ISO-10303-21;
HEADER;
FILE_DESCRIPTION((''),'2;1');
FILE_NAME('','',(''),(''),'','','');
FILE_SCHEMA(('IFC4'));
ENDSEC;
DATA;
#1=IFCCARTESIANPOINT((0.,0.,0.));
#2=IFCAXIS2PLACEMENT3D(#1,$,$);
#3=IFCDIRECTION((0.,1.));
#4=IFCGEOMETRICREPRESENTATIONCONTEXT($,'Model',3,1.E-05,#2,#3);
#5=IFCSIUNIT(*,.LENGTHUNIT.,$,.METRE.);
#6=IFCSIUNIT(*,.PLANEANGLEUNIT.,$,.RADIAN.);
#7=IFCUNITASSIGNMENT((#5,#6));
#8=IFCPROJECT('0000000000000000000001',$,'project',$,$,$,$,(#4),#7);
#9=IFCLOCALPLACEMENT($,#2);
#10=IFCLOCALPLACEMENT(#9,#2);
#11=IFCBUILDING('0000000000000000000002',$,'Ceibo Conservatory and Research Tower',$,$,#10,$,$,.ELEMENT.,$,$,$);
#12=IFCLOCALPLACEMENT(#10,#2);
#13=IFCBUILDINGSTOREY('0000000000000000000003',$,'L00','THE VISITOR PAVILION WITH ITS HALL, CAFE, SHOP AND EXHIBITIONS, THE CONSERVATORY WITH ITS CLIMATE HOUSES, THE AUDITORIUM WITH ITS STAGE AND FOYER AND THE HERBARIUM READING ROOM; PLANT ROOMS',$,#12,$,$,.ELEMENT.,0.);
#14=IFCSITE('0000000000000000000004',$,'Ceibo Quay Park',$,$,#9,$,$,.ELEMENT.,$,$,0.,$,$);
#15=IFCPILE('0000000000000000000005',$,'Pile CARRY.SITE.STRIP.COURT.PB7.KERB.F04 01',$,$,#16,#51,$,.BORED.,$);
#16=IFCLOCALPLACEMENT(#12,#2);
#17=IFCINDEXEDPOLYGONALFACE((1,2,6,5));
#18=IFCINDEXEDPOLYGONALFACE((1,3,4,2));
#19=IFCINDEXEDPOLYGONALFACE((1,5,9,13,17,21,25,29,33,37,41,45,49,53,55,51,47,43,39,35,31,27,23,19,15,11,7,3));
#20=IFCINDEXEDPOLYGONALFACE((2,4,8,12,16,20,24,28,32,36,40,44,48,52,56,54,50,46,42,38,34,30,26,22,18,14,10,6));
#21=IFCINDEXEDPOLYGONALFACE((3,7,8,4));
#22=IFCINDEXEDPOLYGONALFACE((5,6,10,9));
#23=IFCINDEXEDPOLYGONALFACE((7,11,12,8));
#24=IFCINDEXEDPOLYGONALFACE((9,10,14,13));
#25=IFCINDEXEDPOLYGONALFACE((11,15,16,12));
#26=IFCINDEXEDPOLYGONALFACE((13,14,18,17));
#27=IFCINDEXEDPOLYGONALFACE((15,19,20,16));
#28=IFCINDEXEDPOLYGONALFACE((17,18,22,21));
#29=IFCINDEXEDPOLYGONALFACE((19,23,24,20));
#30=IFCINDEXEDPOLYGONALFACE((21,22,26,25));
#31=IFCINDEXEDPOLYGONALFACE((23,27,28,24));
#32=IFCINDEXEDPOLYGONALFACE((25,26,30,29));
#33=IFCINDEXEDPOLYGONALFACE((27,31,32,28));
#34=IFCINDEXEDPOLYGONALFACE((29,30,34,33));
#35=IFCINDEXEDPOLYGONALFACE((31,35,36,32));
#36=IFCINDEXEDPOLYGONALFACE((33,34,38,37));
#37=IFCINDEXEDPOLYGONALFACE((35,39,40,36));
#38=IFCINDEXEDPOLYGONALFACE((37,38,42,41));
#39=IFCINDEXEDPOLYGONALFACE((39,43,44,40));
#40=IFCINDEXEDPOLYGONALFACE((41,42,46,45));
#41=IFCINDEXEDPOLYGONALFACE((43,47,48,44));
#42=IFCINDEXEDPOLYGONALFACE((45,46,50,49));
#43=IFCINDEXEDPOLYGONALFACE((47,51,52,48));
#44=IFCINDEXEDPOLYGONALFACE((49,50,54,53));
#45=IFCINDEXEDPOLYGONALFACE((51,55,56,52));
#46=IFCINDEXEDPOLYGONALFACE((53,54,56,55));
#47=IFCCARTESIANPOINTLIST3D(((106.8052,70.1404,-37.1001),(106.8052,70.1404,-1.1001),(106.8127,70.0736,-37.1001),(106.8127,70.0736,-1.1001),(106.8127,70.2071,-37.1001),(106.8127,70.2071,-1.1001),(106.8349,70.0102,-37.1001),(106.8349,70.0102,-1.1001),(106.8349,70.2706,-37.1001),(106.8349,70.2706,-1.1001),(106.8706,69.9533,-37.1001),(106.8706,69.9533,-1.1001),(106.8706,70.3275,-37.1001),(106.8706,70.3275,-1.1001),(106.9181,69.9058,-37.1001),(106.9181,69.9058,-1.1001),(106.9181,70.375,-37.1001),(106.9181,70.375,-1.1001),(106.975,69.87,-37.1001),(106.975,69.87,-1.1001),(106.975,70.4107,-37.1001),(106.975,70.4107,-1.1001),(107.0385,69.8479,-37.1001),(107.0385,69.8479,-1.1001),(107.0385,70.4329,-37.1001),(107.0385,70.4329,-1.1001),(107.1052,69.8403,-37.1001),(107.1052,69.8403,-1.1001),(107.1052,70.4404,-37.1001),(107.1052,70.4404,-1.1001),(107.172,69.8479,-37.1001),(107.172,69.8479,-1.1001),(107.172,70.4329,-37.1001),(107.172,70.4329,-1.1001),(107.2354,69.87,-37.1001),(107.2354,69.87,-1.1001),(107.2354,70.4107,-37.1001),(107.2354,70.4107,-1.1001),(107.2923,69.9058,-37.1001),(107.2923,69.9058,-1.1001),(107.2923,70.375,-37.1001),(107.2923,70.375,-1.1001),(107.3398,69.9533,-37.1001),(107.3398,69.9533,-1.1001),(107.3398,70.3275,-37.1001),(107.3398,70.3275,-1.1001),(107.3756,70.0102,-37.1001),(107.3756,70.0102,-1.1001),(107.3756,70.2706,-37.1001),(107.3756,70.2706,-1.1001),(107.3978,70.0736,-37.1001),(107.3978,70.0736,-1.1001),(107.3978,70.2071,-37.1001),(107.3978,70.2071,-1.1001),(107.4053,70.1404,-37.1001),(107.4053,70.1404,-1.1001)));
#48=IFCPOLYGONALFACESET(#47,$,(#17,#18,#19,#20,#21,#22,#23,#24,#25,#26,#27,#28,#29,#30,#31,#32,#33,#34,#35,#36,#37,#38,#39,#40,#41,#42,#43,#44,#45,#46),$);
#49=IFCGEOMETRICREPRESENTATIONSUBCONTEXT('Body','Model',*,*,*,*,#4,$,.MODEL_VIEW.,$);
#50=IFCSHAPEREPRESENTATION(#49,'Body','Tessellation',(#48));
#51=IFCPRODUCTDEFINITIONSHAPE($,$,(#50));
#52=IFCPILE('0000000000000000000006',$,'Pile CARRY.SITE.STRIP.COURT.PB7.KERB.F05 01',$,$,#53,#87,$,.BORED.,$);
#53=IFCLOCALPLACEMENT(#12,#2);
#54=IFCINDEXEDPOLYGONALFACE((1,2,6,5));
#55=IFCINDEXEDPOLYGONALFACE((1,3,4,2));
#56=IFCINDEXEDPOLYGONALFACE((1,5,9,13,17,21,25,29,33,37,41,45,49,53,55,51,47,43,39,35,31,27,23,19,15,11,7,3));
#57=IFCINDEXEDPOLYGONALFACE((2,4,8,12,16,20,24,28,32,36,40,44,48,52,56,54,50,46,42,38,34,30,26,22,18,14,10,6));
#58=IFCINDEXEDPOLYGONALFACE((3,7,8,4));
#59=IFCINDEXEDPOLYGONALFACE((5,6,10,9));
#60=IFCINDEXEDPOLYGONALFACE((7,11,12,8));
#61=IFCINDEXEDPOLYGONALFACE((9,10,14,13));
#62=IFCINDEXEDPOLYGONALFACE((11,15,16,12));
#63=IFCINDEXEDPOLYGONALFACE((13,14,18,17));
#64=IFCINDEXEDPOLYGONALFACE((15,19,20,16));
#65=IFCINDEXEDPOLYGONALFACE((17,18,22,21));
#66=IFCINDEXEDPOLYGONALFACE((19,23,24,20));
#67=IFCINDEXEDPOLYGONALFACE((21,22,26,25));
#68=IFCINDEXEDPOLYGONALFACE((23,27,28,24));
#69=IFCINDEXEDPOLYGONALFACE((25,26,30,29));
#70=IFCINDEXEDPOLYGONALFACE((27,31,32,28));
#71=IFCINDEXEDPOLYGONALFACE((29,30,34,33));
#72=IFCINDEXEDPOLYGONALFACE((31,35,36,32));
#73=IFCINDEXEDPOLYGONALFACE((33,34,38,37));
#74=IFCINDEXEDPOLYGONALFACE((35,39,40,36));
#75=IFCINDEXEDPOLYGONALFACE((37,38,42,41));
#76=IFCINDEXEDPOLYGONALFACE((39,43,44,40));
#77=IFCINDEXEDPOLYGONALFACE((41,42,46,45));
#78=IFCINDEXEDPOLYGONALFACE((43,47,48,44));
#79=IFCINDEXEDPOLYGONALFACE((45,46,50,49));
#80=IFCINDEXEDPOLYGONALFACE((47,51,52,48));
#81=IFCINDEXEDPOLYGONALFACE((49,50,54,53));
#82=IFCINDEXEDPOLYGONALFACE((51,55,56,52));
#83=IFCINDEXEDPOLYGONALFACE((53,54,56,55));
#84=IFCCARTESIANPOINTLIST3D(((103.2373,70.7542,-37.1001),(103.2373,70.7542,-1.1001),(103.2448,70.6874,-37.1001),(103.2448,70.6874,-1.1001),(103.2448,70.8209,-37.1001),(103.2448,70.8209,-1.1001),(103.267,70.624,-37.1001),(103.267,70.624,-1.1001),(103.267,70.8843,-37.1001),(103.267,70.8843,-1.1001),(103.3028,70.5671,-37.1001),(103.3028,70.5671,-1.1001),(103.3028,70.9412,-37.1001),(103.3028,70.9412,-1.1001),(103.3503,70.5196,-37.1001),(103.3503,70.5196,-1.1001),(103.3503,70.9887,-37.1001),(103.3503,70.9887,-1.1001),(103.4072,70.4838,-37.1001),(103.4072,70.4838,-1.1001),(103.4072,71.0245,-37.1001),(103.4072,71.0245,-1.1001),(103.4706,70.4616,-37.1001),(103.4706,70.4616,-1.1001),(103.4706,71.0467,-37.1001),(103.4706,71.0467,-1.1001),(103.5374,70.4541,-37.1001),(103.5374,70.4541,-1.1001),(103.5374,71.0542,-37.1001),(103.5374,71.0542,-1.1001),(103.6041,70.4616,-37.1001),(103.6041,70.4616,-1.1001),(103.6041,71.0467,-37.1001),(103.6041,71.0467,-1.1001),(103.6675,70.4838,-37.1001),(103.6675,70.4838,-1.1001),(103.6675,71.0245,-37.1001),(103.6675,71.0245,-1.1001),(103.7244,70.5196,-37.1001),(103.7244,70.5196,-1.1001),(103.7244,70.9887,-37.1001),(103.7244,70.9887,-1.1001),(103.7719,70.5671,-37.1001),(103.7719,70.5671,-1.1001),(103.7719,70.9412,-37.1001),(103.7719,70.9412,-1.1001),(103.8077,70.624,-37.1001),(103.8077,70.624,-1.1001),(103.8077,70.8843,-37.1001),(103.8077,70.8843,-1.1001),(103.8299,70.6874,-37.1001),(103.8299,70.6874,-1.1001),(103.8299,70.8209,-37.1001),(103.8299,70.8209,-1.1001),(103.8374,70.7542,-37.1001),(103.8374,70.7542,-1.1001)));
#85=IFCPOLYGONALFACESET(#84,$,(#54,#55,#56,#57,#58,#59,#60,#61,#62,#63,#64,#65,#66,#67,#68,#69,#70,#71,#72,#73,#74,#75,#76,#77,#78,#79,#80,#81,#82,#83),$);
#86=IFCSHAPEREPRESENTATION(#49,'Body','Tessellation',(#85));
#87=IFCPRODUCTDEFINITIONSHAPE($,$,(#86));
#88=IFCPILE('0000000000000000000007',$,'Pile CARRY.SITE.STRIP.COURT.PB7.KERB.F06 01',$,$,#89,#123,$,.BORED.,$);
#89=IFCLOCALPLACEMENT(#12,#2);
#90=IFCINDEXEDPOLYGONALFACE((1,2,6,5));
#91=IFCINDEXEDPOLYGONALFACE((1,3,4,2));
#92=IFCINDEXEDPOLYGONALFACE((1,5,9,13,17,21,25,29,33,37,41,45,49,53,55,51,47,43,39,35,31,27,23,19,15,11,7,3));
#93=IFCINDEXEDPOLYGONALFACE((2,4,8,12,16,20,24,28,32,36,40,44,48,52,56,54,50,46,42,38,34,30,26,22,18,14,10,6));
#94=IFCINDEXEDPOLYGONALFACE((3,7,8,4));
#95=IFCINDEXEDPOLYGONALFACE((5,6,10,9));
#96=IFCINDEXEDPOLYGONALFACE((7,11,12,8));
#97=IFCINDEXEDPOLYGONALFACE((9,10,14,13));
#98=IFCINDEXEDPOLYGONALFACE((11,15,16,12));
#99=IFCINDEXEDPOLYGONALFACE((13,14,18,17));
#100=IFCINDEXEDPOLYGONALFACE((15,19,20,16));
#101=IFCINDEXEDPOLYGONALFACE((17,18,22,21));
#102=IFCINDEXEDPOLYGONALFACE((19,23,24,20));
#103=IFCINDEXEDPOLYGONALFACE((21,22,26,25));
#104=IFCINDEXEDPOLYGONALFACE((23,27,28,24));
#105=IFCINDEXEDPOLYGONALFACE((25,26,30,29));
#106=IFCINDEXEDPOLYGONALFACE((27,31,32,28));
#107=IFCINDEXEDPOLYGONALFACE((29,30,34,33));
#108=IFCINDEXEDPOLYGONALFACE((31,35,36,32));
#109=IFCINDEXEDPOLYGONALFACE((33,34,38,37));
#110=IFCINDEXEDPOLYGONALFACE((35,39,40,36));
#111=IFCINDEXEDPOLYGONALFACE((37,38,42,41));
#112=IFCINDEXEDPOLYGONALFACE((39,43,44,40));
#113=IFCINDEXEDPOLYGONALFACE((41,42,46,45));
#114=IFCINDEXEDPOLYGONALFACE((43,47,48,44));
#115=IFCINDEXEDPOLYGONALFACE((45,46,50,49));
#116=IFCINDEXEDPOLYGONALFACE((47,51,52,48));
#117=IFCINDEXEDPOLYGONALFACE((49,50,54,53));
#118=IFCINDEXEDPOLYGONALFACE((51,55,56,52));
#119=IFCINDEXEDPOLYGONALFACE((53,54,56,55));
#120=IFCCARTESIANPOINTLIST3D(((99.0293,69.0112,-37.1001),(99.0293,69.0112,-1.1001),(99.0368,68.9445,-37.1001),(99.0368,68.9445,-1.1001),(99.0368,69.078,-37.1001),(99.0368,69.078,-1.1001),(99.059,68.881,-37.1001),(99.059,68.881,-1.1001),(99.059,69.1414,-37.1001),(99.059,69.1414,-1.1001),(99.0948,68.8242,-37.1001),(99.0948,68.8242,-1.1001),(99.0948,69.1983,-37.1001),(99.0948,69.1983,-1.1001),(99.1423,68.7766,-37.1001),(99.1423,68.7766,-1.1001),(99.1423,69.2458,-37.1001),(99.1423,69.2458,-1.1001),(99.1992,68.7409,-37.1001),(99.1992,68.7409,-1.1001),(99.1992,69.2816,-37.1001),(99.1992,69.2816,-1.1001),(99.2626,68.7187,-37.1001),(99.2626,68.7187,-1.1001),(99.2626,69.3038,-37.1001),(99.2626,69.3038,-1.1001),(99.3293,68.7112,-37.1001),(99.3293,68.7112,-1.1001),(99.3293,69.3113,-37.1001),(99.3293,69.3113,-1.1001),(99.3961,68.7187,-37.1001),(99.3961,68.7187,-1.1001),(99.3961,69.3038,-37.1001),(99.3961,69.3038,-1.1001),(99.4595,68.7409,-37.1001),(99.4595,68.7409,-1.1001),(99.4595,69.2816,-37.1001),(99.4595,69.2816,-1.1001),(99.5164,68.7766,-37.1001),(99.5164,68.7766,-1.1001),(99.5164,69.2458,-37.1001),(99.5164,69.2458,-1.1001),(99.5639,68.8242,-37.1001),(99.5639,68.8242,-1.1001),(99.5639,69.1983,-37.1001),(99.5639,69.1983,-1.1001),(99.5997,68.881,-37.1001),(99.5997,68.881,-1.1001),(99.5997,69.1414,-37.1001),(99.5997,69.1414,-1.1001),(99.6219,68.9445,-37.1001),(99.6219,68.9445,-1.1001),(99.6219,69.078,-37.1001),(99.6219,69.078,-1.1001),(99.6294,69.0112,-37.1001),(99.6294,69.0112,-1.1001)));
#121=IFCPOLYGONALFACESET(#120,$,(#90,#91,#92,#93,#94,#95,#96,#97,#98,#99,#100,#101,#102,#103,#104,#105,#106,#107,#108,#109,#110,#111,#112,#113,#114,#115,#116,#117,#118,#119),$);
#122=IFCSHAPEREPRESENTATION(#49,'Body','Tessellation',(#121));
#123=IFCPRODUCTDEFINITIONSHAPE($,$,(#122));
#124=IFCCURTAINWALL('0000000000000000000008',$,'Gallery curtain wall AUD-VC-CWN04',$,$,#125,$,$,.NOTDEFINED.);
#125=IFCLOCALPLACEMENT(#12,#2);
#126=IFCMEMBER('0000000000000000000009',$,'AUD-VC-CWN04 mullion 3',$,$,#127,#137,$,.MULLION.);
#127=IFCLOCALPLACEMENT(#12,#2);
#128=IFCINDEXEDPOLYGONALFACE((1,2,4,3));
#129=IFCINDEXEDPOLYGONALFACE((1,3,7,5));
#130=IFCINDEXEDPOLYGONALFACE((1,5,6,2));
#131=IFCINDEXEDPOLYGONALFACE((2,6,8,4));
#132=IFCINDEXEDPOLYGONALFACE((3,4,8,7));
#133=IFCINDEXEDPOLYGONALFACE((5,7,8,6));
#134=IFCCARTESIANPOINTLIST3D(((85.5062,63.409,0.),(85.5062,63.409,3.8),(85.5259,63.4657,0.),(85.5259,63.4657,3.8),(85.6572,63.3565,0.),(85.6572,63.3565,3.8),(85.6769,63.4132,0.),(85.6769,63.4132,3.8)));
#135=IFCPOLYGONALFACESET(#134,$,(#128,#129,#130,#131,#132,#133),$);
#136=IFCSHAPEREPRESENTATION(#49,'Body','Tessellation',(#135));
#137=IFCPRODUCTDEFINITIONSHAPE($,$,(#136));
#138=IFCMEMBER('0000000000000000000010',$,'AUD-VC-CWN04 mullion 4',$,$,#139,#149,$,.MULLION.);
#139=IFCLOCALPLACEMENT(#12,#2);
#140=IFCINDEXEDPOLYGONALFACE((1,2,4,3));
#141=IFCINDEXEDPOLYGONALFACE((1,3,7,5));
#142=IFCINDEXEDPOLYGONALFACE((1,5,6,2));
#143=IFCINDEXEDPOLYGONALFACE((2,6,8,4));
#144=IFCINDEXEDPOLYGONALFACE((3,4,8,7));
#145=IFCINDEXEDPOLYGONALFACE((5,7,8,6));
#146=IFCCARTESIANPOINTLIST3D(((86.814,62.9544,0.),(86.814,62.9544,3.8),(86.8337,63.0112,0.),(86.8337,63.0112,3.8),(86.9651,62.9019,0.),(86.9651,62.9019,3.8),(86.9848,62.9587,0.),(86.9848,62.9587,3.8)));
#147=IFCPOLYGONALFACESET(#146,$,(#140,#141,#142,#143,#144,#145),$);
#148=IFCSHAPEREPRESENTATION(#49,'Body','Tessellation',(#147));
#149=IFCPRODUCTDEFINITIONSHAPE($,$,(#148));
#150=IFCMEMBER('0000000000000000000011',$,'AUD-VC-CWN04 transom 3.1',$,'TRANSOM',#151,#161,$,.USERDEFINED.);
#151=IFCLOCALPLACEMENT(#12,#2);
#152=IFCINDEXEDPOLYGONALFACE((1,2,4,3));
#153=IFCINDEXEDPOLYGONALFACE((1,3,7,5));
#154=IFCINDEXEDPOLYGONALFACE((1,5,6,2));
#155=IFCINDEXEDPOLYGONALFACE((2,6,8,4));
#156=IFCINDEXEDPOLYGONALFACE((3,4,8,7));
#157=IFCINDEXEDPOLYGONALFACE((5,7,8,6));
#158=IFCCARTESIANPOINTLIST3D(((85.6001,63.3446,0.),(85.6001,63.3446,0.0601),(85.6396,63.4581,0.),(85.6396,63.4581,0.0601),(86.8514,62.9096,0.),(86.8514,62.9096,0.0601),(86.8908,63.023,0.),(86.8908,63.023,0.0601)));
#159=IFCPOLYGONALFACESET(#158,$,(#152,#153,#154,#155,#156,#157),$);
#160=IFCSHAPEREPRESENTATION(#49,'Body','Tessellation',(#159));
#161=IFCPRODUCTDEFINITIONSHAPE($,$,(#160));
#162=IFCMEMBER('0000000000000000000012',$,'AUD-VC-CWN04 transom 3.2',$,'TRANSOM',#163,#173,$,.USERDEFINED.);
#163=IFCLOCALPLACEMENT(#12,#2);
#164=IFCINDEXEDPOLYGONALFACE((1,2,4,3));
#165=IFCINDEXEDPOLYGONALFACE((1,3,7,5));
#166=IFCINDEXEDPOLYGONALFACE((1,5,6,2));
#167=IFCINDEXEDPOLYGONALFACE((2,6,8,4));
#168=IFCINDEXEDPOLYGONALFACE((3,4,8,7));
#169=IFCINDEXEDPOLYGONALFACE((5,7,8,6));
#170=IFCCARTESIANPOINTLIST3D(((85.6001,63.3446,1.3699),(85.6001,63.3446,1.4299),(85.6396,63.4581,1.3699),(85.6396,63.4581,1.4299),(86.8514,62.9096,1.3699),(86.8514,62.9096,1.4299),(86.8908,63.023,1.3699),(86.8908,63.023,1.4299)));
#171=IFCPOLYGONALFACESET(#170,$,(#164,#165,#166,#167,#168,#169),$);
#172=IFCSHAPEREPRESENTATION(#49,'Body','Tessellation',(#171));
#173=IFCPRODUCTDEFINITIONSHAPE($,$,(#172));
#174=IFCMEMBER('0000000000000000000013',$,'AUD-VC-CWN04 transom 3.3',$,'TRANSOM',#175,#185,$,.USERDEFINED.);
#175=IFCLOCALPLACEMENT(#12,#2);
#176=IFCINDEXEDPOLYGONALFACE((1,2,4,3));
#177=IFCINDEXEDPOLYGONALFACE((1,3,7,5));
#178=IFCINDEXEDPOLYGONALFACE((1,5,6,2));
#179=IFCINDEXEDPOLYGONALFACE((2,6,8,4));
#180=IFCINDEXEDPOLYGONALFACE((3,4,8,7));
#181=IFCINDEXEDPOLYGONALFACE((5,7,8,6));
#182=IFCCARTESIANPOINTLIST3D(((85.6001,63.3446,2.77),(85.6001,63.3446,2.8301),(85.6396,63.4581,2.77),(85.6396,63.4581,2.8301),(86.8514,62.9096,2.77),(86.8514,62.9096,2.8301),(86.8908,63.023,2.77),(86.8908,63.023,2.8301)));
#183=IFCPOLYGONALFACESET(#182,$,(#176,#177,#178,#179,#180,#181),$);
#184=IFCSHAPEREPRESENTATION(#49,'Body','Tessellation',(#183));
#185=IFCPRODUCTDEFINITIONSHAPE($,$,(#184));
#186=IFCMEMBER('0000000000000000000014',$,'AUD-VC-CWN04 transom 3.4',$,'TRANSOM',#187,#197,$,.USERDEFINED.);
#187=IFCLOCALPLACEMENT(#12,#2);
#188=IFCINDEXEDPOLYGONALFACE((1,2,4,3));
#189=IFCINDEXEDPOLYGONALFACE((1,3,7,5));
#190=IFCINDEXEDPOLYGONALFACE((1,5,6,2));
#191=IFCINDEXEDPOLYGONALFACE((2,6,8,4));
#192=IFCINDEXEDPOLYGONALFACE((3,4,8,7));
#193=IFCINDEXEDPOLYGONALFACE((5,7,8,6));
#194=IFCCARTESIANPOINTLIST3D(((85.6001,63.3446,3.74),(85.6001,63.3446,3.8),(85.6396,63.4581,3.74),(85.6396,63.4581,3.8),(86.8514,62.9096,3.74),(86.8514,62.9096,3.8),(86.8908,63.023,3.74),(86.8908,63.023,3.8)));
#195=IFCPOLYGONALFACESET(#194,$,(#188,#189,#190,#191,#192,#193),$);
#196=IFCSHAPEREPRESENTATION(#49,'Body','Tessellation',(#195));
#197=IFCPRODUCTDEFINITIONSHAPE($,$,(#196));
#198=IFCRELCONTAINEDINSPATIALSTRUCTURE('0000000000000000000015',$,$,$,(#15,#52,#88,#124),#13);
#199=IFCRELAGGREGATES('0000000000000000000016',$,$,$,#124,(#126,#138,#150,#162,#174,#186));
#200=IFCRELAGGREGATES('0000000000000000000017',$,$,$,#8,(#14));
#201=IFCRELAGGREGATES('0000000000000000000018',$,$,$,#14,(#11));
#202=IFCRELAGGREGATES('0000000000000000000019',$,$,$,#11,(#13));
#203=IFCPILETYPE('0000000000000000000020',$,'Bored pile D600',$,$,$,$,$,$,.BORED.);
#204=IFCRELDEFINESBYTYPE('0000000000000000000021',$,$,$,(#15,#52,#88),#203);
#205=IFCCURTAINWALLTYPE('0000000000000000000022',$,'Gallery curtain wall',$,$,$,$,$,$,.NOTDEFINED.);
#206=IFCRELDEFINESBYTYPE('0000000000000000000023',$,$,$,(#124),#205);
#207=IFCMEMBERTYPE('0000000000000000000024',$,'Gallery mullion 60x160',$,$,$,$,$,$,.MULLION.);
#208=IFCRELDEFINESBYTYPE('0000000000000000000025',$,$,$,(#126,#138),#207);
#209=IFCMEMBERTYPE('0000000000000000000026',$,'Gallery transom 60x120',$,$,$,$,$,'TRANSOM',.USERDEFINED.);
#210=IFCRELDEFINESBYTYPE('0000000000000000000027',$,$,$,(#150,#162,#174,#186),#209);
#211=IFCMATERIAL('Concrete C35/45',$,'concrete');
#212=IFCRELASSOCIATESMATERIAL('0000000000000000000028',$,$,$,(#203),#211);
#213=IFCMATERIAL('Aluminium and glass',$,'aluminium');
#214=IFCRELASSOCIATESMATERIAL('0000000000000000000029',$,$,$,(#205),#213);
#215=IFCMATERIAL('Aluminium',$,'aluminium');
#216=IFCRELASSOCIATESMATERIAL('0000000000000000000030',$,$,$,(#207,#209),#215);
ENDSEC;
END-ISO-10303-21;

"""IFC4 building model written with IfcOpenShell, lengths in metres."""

from ifc_helpers import new_model, si_unit, direction, frame, origin, origin_2d, place, context, subcontext, project, spatial, rectangle, circle, extrude, material, material_profile, profile_set, type_object, element, aggregate, save


model = new_model("IFC4")

# Units and contexts
model_context = context("Model", 3, precision=1e-05, world=origin(), true_north=direction((0.0, 1.0)))
body_context = subcontext(model_context, "Body", "Model", "MODEL_VIEW")
ifc_project = project(units=[si_unit("LENGTHUNIT", "METRE"), si_unit("PLANEANGLEUNIT", "RADIAN")], contexts=[model_context])

# Site, building, storey
site_placement = place(None, origin())
site = spatial("IfcSite", under=ifc_project, at=site_placement, Name="Ceibo Quay Park", CompositionType="ELEMENT", RefElevation=0.0)
building_placement = place(site_placement, origin())
building = spatial("IfcBuilding", under=site, at=building_placement, Name="Ceibo Conservatory and Research Tower", CompositionType="ELEMENT")
storey_placement = place(building_placement, origin())
storey = spatial("IfcBuildingStorey", under=building, at=storey_placement, Name="L00", Description="THE VISITOR PAVILION WITH ITS HALL, CAFE, SHOP AND EXHIBITIONS, THE CONSERVATORY WITH ITS CLIMATE HOUSES, THE AUDITORIUM WITH ITS STAGE AND FOYER AND THE HERBARIUM READING ROOM; PLANT ROOMS", CompositionType="ELEMENT", Elevation=0.0)

# Piles
ifc_material_1 = material(Name="Concrete C35/45", Category="concrete")
ifc_material_profile_1 = material_profile(ifc_material_1, circle(Radius=0.3, at=origin_2d()), Name="RC D600")
ifc_profile_set_1 = profile_set([ifc_material_profile_1], Name="Concrete C35/45")
pile_type = type_object("IfcPileType", Name="Bored pile D600", PredefinedType="BORED", material=ifc_profile_set_1)
for number, where, z_axis, x_axis, name in (
    (1, (107.1052, 70.1404, -1.1001), (0.0, 0.0, -1.0), (1.0, 0.0, 0.0), "Pile CARRY.SITE.STRIP.COURT.PB7.KERB.F04 01"),
    (2, (103.5374, 70.7542, -1.1001), (0.0, 0.0, -1.0), (1.0, 0.0, 0.0), "Pile CARRY.SITE.STRIP.COURT.PB7.KERB.F05 01"),
    (3, (99.3293, 69.0112, -1.1001), (0.0, 0.0, -1.0), (1.0, 0.0, 0.0), "Pile CARRY.SITE.STRIP.COURT.PB7.KERB.F06 01"),
):
    element("IfcPile", number, at=place(storey_placement, frame(where, z_axis=z_axis, x_axis=x_axis)), inside=storey, type_object=pile_type, Name=name, PredefinedType="BORED", context=body_context, shape_type="SweptSolid", body=[
        extrude(circle(Radius=0.3, at=origin_2d()), origin(), (0.0, 0.0, 1.0), 36.0),
    ])

# Curtain wall, members
ifc_material_2 = material(Name="Aluminium and glass", Category="aluminium")
curtain_wall_type = type_object("IfcCurtainWallType", Name="Gallery curtain wall", PredefinedType="NOTDEFINED", material=ifc_material_2)
curtain_wall_placement = place(storey_placement, origin())
curtain_wall = element("IfcCurtainWall", 4, at=curtain_wall_placement, inside=storey, type_object=curtain_wall_type, Name="Gallery curtain wall AUD-VC-CWN04", PredefinedType="NOTDEFINED")
ifc_material_3 = material(Name="Aluminium", Category="aluminium")
ifc_material_profile_2 = material_profile(ifc_material_3, rectangle(XDim=0.0601, YDim=0.1599, at=origin_2d()), Name="AL 60x160")
ifc_profile_set_2 = profile_set([ifc_material_profile_2], Name="Aluminium")
member_type_1 = type_object("IfcMemberType", Name="Gallery mullion 60x160", PredefinedType="MULLION", material=ifc_profile_set_2)
member_1_placement = place(storey_placement, frame((85.5916, 63.4111, 0.0), z_axis=(0.0, 0.0, 1.0), x_axis=(0.328284, 0.944579, 0.0)))
member_1 = element("IfcMember", 5, at=member_1_placement, type_object=member_type_1, Name="AUD-VC-CWN04 mullion 3", PredefinedType="MULLION", context=body_context, shape_type="SweptSolid", body=[
    extrude(rectangle(XDim=0.0601, YDim=0.1599, at=origin_2d()), origin(), (0.0, 0.0, 1.0), 3.8),
])
member_2_placement = place(storey_placement, frame((86.8994, 62.9565, 0.0), z_axis=(0.0, 0.0, 1.0), x_axis=(0.328284, 0.944579, 0.0)))
member_2 = element("IfcMember", 6, at=member_2_placement, type_object=member_type_1, Name="AUD-VC-CWN04 mullion 4", PredefinedType="MULLION", context=body_context, shape_type="SweptSolid", body=[
    extrude(rectangle(XDim=0.0601, YDim=0.1599, at=origin_2d()), origin(), (0.0, 0.0, 1.0), 3.8),
])
ifc_material_profile_3 = material_profile(ifc_material_3, rectangle(XDim=0.1201, YDim=0.0601, at=origin_2d()), Name="AL 60x120")
ifc_profile_set_3 = profile_set([ifc_material_profile_3], Name="Aluminium")
member_type_2 = type_object("IfcMemberType", Name="Gallery transom 60x120", ElementType="TRANSOM", PredefinedType="USERDEFINED", material=ifc_profile_set_3)
member_3_placement = place(storey_placement, frame((85.6199, 63.4014, 0.03), z_axis=(0.944532, -0.328421, 0.0), x_axis=(0.328421, 0.944532, 0.0)))
member_3 = element("IfcMember", 7, at=member_3_placement, type_object=member_type_2, Name="AUD-VC-CWN04 transom 3.1", ObjectType="TRANSOM", PredefinedType="USERDEFINED", context=body_context, shape_type="SweptSolid", body=[
    extrude(rectangle(XDim=0.1201, YDim=0.0601, at=origin_2d()), origin(), (0.0, 0.0, 1.0), 1.3247),
])
member_4_placement = place(storey_placement, frame((85.6199, 63.4014, 1.3999), z_axis=(0.944532, -0.328421, 0.0), x_axis=(0.328421, 0.944532, 0.0)))
member_4 = element("IfcMember", 8, at=member_4_placement, type_object=member_type_2, Name="AUD-VC-CWN04 transom 3.2", ObjectType="TRANSOM", PredefinedType="USERDEFINED", context=body_context, shape_type="SweptSolid", body=[
    extrude(rectangle(XDim=0.1201, YDim=0.0601, at=origin_2d()), origin(), (0.0, 0.0, 1.0), 1.3247),
])
member_5_placement = place(storey_placement, frame((85.6199, 63.4014, 2.8), z_axis=(0.944532, -0.328421, 0.0), x_axis=(0.328421, 0.944532, 0.0)))
member_5 = element("IfcMember", 9, at=member_5_placement, type_object=member_type_2, Name="AUD-VC-CWN04 transom 3.3", ObjectType="TRANSOM", PredefinedType="USERDEFINED", context=body_context, shape_type="SweptSolid", body=[
    extrude(rectangle(XDim=0.1201, YDim=0.0601, at=origin_2d()), origin(), (0.0, 0.0, 1.0), 1.3247),
])
member_6_placement = place(storey_placement, frame((85.6199, 63.4014, 3.77), z_axis=(0.944532, -0.328421, 0.0), x_axis=(0.328421, 0.944532, 0.0)))
member_6 = element("IfcMember", 10, at=member_6_placement, type_object=member_type_2, Name="AUD-VC-CWN04 transom 3.4", ObjectType="TRANSOM", PredefinedType="USERDEFINED", context=body_context, shape_type="SweptSolid", body=[
    extrude(rectangle(XDim=0.1201, YDim=0.0601, at=origin_2d()), origin(), (0.0, 0.0, 1.0), 1.3247),
])
aggregate(curtain_wall, [member_1, member_2, member_3, member_4, member_5, member_6])

save(model, "model.ifc")
